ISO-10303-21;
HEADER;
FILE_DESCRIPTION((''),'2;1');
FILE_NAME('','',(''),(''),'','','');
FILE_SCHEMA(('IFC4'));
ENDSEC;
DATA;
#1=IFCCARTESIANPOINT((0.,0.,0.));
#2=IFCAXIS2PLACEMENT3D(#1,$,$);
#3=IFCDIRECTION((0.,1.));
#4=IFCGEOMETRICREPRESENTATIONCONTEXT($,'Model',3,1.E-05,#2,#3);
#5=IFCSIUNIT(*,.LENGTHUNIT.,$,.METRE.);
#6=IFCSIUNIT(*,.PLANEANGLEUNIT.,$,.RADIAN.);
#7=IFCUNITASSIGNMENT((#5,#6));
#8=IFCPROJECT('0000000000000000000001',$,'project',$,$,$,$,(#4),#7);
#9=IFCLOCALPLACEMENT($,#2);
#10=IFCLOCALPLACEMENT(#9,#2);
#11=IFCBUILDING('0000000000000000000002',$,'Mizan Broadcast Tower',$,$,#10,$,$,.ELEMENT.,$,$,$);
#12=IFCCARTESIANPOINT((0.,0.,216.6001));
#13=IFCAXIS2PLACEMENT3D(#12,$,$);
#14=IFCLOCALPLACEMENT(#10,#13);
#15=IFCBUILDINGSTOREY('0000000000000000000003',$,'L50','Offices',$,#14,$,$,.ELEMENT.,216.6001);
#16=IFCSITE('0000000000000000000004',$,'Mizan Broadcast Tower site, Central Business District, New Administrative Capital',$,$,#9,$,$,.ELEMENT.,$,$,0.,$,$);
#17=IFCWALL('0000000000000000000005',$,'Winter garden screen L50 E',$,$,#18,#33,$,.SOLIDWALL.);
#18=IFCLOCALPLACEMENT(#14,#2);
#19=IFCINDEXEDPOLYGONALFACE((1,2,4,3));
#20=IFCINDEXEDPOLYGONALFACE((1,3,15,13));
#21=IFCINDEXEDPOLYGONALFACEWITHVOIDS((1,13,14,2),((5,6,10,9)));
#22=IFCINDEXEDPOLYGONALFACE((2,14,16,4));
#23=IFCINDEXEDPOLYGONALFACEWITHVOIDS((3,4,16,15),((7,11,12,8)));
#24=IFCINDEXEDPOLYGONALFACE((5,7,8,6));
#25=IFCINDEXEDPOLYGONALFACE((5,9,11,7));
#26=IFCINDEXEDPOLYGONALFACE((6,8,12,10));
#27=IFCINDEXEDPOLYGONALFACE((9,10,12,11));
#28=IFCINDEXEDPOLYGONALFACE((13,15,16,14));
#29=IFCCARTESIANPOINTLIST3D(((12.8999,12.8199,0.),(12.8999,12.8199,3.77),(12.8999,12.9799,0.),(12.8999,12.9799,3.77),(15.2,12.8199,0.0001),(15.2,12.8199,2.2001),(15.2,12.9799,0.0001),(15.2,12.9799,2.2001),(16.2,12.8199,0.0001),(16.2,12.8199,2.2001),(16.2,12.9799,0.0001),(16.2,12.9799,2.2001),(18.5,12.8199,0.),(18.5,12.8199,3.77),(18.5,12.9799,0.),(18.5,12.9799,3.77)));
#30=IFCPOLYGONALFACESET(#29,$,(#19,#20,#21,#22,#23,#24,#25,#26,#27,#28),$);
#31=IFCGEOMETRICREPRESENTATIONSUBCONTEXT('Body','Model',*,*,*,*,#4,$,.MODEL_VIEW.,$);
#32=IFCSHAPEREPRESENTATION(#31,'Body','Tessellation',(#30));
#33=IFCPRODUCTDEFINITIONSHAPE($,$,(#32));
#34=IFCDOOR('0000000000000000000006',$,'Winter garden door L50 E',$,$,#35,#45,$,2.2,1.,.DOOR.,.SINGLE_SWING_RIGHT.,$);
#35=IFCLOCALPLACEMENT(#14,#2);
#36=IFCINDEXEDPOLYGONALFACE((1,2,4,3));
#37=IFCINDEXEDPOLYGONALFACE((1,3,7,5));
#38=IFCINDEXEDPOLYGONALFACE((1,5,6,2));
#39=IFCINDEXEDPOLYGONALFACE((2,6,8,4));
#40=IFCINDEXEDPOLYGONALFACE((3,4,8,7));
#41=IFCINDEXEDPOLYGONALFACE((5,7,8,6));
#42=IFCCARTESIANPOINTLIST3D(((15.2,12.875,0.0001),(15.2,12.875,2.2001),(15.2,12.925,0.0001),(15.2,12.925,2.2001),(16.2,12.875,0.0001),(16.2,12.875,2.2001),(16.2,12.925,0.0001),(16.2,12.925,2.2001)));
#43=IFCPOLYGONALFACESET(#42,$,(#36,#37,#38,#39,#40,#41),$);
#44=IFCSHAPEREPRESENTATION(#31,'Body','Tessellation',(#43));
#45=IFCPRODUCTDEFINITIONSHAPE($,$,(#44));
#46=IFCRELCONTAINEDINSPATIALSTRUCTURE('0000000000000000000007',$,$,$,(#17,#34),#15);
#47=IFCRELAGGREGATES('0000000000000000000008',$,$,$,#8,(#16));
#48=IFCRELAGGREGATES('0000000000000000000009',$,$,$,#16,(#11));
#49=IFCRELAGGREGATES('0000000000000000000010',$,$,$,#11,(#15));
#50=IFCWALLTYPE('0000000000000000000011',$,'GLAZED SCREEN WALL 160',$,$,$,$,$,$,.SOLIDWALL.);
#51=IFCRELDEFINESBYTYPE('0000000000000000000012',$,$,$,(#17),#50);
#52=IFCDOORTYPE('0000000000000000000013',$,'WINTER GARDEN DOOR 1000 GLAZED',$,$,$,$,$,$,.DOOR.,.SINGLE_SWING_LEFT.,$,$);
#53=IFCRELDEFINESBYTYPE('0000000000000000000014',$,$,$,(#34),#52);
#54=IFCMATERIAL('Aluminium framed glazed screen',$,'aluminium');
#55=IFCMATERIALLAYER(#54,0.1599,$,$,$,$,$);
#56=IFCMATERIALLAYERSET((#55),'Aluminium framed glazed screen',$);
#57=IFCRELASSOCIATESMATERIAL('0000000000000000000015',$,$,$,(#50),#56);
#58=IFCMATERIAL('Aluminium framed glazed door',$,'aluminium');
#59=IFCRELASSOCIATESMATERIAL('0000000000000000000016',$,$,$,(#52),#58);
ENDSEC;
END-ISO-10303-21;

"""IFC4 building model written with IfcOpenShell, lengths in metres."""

from ifc_helpers import new_model, si_unit, direction, frame, frame_2d, origin, place, context, subcontext, project, spatial, rectangle, extrude, material, layer, layer_set, type_object, element, fill, save


model = new_model("IFC4")

# Units and contexts
model_context = context("Model", 3, precision=1e-05, world=origin(), true_north=direction((0.0, 1.0)))
body_context = subcontext(model_context, "Body", "Model", "MODEL_VIEW")
ifc_project = project(units=[si_unit("LENGTHUNIT", "METRE"), si_unit("PLANEANGLEUNIT", "RADIAN")], contexts=[model_context])

# Site, building, storey
site_placement = place(None, origin())
site = spatial("IfcSite", under=ifc_project, at=site_placement, Name="Mizan Broadcast Tower site, Central Business District, New Administrative Capital", CompositionType="ELEMENT", RefElevation=0.0)
building_placement = place(site_placement, origin())
building = spatial("IfcBuilding", under=site, at=building_placement, Name="Mizan Broadcast Tower", CompositionType="ELEMENT")
storey_placement = place(building_placement, frame((0.0, 0.0, 216.6001)))
storey = spatial("IfcBuildingStorey", under=building, at=storey_placement, Name="L50", Description="Offices", CompositionType="ELEMENT", Elevation=216.6001)

# Wall, opening, door
ifc_material_1 = material(Name="Aluminium framed glazed screen", Category="aluminium")
ifc_layer_1 = layer(ifc_material_1, 0.1599)
ifc_layer_set_1 = layer_set([ifc_layer_1], Name="Aluminium framed glazed screen")
wall_type = type_object("IfcWallType", Name="GLAZED SCREEN WALL 160", PredefinedType="SOLIDWALL", material=ifc_layer_set_1)
wall_placement = place(storey_placement, frame((18.5, 12.8999, 0.0), z_axis=(0.0, 0.0, 1.0), x_axis=(-1.0, 0.0, 0.0)))
wall = element("IfcWall", 1, at=wall_placement, inside=storey, type_object=wall_type, Name="Winter garden screen L50 E", PredefinedType="SOLIDWALL", context=body_context, shape_type="SweptSolid", body=[
    extrude(rectangle(XDim=5.6001, YDim=0.1599, at=frame_2d((2.8, 0.0))), origin(), (0.0, 0.0, 1.0), 3.77),
])
opening_placement = place(wall_placement, frame((2.3, 0.0, 0.0)))
opening = element("IfcOpeningElement", 2, at=opening_placement, cuts=wall, PredefinedType="OPENING", context=body_context, shape_type="SweptSolid", body=[
    extrude(rectangle(XDim=1.0, YDim=2.2, at=frame_2d((0.5, 1.1001))), frame((0.0, 0.0898, 0.0), z_axis=(0.0, -1.0, 0.0), x_axis=(1.0, 0.0, 0.0)), (0.0, 0.0, 1.0), 0.1799),
])
ifc_material_2 = material(Name="Aluminium framed glazed door", Category="aluminium")
door_type = type_object("IfcDoorType", Name="WINTER GARDEN DOOR 1000 GLAZED", OperationType="SINGLE_SWING_LEFT", PredefinedType="DOOR", material=ifc_material_2)
door_placement = place(opening_placement, origin())
door = element("IfcDoor", 3, at=door_placement, inside=storey, type_object=door_type, Name="Winter garden door L50 E", OperationType="SINGLE_SWING_RIGHT", OverallHeight=2.2, OverallWidth=1.0, PredefinedType="DOOR", context=body_context, shape_type="SweptSolid", body=[
    extrude(rectangle(XDim=1.0, YDim=2.2, at=frame_2d((0.5, 1.1001))), frame((0.0, 0.0249, 0.0), z_axis=(0.0, -1.0, 0.0), x_axis=(1.0, 0.0, 0.0)), (0.0, 0.0, 1.0), 0.05),
])
fill(opening, door)

save(model, "model.ifc")
